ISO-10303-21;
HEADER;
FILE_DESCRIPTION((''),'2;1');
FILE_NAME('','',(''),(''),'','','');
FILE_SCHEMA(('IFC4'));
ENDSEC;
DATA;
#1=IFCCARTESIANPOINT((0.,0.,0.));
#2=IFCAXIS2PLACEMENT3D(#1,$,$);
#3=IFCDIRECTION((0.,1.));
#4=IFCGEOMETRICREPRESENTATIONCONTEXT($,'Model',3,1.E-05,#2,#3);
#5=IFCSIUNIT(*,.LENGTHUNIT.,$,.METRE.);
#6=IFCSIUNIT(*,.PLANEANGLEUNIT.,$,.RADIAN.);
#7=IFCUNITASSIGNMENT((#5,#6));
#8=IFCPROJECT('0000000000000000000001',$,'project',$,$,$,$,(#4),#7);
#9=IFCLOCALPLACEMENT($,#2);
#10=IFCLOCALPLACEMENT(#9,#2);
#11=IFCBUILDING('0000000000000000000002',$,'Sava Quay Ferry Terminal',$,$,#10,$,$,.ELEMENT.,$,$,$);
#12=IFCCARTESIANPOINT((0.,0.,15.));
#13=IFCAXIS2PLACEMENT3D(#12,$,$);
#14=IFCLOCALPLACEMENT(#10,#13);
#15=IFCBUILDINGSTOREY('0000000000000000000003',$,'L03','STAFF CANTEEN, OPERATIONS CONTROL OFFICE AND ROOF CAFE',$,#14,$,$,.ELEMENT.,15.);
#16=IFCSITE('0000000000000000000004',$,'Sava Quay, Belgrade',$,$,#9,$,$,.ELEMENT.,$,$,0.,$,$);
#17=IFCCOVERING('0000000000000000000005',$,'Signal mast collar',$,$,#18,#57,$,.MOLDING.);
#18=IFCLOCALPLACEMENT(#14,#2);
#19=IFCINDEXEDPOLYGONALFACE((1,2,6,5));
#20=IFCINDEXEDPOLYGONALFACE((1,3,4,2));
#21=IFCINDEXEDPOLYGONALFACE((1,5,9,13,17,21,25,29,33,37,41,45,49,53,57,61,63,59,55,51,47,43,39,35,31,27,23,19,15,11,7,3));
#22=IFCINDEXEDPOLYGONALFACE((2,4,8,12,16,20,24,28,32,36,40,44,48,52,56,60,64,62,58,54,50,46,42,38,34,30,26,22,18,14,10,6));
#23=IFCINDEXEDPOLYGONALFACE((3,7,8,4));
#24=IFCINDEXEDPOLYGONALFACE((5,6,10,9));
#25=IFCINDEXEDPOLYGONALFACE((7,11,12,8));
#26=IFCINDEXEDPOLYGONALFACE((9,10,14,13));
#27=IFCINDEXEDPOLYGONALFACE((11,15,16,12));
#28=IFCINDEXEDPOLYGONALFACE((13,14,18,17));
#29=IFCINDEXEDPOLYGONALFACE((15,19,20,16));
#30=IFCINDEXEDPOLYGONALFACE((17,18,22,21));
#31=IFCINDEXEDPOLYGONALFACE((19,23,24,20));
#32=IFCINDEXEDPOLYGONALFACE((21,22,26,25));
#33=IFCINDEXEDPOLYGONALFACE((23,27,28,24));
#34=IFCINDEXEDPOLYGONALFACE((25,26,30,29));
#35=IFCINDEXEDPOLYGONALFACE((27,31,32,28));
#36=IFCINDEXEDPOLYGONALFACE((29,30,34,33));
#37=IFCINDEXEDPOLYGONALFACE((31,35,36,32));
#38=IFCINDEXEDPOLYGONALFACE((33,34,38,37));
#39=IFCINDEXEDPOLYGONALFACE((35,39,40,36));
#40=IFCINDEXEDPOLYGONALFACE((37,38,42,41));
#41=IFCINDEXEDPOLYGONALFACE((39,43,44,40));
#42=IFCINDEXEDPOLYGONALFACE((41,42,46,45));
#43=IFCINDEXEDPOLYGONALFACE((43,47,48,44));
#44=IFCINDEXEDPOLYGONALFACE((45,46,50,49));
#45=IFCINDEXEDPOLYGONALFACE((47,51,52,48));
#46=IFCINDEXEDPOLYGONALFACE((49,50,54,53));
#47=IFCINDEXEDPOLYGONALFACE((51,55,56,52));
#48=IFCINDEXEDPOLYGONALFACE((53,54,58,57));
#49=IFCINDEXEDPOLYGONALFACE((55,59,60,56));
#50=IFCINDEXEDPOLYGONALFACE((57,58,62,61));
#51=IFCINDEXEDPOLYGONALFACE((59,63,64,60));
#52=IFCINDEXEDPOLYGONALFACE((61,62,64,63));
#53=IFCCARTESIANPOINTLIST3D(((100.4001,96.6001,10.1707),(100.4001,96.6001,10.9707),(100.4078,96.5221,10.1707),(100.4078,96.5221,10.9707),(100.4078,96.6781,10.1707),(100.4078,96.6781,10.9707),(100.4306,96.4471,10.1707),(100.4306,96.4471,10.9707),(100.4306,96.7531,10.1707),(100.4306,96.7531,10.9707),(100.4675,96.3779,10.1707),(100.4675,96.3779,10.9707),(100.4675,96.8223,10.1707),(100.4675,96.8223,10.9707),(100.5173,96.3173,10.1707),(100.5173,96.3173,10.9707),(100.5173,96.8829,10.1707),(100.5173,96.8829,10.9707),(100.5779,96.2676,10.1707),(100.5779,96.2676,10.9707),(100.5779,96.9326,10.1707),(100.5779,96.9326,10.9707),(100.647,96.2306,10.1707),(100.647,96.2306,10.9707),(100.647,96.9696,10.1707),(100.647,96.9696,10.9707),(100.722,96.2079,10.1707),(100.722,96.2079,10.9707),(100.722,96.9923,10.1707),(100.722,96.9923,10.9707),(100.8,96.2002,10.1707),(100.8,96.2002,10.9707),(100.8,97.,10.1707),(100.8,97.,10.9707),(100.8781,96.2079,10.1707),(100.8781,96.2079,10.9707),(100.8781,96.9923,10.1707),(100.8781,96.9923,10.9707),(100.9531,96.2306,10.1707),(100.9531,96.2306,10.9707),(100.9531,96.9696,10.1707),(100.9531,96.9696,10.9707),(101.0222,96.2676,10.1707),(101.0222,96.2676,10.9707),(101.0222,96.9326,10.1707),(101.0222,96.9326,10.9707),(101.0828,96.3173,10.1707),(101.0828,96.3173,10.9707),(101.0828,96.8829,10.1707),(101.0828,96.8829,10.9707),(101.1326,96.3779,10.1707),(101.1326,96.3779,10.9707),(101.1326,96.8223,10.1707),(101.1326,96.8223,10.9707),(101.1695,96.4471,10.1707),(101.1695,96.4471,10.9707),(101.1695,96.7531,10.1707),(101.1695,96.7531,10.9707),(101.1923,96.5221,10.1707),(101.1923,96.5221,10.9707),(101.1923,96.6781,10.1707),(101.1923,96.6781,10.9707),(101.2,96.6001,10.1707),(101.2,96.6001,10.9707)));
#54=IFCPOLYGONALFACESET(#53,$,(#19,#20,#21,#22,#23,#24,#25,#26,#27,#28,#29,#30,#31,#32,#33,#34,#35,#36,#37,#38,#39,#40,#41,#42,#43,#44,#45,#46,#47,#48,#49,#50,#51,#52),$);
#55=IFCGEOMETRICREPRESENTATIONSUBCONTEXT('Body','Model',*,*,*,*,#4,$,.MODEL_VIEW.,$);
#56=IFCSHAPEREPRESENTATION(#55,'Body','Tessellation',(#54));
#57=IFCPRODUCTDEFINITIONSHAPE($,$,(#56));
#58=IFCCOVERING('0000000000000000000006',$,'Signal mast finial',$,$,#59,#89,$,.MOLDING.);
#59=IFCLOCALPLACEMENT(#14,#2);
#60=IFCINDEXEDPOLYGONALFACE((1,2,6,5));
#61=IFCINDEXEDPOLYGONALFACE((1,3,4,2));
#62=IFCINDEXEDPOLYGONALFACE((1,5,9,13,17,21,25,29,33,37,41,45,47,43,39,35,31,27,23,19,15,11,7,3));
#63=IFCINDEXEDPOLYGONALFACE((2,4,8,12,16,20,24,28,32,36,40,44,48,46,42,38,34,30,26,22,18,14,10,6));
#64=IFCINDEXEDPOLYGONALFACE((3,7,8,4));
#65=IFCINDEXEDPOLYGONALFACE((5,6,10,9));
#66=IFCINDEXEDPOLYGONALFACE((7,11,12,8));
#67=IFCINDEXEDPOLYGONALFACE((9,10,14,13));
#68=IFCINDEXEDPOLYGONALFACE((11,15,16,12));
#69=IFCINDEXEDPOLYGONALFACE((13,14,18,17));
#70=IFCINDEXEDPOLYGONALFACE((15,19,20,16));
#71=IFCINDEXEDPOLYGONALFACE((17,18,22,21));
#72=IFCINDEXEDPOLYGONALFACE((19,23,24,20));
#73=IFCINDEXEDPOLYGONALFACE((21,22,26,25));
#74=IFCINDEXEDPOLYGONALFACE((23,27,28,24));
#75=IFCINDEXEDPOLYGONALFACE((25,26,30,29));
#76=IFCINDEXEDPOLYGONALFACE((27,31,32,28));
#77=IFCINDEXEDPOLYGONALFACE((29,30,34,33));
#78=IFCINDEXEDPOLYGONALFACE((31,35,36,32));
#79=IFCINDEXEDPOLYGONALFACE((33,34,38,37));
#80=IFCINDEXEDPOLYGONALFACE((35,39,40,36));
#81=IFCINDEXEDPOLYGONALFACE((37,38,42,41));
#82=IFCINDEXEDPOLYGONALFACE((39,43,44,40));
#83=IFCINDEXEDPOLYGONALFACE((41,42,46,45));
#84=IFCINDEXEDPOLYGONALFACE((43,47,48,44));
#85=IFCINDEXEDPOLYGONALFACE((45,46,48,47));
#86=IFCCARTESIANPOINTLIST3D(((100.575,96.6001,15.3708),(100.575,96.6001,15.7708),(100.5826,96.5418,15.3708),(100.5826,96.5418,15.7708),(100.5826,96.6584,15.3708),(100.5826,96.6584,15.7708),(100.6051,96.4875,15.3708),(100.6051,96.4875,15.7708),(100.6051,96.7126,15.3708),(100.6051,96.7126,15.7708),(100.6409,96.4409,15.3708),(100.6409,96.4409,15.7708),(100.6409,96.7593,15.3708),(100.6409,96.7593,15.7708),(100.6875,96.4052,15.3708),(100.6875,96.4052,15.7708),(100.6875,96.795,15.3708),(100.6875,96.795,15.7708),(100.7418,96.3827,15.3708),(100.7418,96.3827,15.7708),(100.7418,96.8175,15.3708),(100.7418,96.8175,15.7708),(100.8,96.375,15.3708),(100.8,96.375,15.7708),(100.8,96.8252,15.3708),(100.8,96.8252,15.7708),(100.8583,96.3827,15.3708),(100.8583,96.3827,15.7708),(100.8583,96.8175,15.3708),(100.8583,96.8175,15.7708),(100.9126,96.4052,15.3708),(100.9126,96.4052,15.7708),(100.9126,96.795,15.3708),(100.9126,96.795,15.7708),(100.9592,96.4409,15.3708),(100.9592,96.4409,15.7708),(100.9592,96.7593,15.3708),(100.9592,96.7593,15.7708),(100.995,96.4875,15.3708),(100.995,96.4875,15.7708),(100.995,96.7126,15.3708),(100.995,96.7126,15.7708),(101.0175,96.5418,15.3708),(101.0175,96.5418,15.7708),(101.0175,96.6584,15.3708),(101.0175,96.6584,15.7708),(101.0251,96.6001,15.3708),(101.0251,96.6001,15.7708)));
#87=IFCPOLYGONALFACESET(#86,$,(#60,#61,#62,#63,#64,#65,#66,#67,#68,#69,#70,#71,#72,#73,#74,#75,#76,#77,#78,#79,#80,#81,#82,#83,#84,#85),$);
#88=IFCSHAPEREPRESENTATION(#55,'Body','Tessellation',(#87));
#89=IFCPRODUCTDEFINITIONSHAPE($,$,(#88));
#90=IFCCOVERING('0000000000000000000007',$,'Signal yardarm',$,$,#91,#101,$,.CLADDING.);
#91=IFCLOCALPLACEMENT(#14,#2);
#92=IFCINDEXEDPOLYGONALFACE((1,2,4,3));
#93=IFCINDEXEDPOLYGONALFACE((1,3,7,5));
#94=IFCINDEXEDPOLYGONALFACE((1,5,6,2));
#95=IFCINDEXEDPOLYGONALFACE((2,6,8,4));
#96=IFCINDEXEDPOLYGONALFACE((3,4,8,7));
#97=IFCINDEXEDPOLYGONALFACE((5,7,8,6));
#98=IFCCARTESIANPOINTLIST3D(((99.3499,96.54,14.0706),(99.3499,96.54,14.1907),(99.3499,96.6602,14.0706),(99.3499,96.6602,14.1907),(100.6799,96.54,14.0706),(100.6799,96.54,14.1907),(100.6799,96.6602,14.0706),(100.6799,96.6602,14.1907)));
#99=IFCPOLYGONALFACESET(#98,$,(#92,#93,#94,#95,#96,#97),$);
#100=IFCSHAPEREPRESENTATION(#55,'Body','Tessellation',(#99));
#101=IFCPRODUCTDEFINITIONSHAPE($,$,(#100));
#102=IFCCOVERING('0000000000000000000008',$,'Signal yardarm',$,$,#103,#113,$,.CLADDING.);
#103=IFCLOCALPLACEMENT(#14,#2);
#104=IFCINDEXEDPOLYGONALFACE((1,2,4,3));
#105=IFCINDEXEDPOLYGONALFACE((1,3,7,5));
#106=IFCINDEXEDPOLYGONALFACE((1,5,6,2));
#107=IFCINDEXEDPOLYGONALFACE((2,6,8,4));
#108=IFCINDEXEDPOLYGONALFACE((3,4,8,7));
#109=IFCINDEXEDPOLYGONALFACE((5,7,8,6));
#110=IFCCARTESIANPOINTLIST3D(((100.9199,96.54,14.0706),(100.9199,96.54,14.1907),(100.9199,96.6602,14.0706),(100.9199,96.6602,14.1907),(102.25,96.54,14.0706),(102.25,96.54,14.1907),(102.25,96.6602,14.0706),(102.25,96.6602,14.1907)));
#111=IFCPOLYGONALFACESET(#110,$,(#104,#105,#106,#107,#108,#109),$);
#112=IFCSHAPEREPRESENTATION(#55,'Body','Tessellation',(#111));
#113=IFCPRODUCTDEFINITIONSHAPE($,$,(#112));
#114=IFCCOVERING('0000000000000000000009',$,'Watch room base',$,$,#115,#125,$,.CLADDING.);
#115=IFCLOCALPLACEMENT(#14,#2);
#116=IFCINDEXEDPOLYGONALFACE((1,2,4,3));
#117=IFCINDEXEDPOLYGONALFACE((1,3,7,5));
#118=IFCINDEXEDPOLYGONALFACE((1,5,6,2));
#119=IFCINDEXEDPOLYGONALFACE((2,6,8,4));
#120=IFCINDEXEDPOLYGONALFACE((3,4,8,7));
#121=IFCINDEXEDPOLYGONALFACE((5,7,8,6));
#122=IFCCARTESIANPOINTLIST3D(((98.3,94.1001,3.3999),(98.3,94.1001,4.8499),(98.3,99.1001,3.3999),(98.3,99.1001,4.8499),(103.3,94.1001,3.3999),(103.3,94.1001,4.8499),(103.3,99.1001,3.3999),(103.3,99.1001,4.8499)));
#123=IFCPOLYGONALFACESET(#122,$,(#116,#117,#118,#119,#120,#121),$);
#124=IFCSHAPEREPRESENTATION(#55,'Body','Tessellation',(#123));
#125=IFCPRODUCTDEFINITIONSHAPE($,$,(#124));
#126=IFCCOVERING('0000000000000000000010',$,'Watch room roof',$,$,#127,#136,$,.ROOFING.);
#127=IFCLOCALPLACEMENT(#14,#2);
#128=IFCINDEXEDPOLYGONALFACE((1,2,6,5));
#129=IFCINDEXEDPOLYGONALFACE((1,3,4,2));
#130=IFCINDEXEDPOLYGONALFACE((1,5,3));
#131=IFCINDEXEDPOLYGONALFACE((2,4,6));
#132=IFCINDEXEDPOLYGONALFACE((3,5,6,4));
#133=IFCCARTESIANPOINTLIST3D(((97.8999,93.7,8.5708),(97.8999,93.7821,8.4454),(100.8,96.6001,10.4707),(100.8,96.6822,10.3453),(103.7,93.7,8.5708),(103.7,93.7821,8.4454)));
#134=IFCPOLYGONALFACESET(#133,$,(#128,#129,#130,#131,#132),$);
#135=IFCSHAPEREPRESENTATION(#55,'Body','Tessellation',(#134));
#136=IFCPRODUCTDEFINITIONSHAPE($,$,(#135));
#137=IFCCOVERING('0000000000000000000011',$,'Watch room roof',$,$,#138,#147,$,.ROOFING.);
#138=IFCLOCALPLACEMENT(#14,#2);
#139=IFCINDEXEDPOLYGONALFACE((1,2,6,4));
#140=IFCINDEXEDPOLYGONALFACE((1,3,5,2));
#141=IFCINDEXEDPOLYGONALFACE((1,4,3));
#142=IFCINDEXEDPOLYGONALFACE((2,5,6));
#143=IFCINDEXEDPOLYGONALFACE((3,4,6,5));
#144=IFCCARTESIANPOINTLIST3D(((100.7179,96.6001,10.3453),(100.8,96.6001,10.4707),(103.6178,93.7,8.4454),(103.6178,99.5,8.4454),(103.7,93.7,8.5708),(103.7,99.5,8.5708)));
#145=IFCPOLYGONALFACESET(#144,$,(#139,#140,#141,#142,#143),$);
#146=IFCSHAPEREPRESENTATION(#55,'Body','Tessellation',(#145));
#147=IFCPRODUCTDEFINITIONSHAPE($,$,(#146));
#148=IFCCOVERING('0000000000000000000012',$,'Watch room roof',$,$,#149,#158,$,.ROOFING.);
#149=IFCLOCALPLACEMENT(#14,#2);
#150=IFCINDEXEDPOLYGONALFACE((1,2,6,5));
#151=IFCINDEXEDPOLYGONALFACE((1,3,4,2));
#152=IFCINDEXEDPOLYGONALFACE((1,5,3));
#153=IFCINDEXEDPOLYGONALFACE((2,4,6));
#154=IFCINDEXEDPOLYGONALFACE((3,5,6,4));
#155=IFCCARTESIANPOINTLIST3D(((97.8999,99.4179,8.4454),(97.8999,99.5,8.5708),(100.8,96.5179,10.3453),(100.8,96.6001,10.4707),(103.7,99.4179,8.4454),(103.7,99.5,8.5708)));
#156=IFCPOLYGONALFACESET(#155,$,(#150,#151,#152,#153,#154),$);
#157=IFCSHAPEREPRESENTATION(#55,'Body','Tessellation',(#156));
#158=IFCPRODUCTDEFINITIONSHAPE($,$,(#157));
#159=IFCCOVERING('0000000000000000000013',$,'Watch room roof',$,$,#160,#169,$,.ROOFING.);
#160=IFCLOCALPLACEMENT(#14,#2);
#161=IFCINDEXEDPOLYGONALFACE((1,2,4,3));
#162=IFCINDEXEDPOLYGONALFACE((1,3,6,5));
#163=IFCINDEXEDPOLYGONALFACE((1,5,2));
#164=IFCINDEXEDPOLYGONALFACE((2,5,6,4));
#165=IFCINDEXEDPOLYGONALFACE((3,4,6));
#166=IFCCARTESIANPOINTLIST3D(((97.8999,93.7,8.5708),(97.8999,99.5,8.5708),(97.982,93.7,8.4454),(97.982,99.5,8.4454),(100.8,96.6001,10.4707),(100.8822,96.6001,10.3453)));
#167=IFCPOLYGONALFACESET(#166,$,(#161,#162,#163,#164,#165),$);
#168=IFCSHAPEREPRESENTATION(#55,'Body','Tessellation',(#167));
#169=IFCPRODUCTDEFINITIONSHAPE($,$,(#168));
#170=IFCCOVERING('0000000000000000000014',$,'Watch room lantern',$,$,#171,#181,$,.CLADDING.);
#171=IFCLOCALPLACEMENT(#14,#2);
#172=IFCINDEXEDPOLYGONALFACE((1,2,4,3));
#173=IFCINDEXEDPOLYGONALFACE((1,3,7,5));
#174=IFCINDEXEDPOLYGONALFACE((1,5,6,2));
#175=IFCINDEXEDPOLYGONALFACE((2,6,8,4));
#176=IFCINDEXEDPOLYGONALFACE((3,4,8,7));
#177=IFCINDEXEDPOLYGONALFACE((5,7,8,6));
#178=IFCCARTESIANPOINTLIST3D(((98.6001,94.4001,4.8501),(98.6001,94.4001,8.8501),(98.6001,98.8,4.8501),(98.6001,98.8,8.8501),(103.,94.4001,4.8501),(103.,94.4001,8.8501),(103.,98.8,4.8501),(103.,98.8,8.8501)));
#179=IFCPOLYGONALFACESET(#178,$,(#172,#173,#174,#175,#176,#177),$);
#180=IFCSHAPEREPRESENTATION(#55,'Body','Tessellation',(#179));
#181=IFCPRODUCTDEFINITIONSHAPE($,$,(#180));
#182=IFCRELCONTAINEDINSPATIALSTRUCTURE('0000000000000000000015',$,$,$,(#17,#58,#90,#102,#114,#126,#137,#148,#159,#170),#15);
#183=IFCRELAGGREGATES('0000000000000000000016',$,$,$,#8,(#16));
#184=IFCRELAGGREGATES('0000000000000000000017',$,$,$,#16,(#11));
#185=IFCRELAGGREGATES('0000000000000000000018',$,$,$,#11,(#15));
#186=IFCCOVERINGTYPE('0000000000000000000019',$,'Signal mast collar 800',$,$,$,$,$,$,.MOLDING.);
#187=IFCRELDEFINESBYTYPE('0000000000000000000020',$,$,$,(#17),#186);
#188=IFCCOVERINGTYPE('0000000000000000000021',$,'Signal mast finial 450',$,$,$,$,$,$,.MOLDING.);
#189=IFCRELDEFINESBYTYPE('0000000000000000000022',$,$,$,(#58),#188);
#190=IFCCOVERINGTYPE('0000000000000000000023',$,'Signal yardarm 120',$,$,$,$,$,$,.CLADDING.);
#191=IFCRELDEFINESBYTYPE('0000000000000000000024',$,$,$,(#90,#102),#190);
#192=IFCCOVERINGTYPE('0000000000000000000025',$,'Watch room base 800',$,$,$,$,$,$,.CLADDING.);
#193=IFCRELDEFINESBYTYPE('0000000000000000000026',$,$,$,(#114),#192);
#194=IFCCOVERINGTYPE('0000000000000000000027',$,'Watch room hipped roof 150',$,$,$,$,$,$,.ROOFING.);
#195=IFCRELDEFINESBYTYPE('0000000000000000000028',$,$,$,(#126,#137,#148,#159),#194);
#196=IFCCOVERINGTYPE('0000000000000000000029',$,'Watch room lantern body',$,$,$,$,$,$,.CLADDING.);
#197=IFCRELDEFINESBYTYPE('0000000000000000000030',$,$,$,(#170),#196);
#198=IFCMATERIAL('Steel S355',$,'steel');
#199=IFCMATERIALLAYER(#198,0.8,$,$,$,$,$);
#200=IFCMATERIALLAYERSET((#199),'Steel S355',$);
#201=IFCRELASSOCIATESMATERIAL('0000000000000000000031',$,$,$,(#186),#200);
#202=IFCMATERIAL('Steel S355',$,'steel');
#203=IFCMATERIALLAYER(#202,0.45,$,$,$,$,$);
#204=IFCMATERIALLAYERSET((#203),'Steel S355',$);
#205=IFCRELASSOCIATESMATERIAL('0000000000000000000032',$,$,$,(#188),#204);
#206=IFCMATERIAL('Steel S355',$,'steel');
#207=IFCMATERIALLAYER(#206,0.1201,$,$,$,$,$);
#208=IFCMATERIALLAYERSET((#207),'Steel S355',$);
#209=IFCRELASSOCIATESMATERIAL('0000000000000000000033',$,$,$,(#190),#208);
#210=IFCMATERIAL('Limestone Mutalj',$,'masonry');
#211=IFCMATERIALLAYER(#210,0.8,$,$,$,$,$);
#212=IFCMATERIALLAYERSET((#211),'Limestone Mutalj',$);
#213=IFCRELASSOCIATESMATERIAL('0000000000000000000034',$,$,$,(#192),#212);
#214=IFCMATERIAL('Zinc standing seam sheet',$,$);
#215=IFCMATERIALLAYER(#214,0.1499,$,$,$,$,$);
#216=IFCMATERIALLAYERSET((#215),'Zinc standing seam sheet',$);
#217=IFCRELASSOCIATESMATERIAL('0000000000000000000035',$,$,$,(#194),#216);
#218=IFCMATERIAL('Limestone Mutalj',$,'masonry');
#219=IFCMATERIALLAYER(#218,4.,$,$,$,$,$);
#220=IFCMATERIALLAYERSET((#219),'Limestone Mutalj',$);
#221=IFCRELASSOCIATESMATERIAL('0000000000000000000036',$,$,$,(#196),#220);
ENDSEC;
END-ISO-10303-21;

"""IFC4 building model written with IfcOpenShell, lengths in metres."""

from ifc_helpers import new_model, si_unit, direction, frame, origin, origin_2d, place, context, subcontext, project, spatial, polyline, rectangle, circle, outline, extrude, material, layer, layer_set, type_object, element, save


model = new_model("IFC4")

# Units and contexts
model_context = context("Model", 3, precision=1e-05, world=origin(), true_north=direction((0.0, 1.0)))
body_context = subcontext(model_context, "Body", "Model", "MODEL_VIEW")
ifc_project = project(units=[si_unit("LENGTHUNIT", "METRE"), si_unit("PLANEANGLEUNIT", "RADIAN")], contexts=[model_context])

# Site, building, storey
site_placement = place(None, origin())
site = spatial("IfcSite", under=ifc_project, at=site_placement, Name="Sava Quay, Belgrade", CompositionType="ELEMENT", RefElevation=0.0)
building_placement = place(site_placement, origin())
building = spatial("IfcBuilding", under=site, at=building_placement, Name="Sava Quay Ferry Terminal", CompositionType="ELEMENT")
storey_placement = place(building_placement, frame((0.0, 0.0, 15.0)))
storey = spatial("IfcBuildingStorey", under=building, at=storey_placement, Name="L03", Description="STAFF CANTEEN, OPERATIONS CONTROL OFFICE AND ROOF CAFE", CompositionType="ELEMENT", Elevation=15.0)

# Coverings
ifc_material_1 = material(Name="Steel S355", Category="steel")
ifc_layer_1 = layer(ifc_material_1, 0.8)
ifc_layer_set_1 = layer_set([ifc_layer_1], Name="Steel S355")
covering_type_1 = type_object("IfcCoveringType", Name="Signal mast collar 800", PredefinedType="MOLDING", material=ifc_layer_set_1)
covering_1_placement = place(storey_placement, frame((100.8, 96.6001, 10.9707), z_axis=(0.0, 0.0, -1.0), x_axis=(1.0, 0.0, 0.0)))
element("IfcCovering", 1, at=covering_1_placement, inside=storey, type_object=covering_type_1, Name="Signal mast collar", PredefinedType="MOLDING", context=body_context, shape_type="SweptSolid", body=[
    extrude(circle(Radius=0.3999, at=origin_2d()), origin(), (0.0, 0.0, 1.0), 0.8),
])
ifc_material_2 = material(Name="Steel S355", Category="steel")
ifc_layer_2 = layer(ifc_material_2, 0.45)
ifc_layer_set_2 = layer_set([ifc_layer_2], Name="Steel S355")
covering_type_2 = type_object("IfcCoveringType", Name="Signal mast finial 450", PredefinedType="MOLDING", material=ifc_layer_set_2)
covering_2_placement = place(storey_placement, frame((100.8, 96.6001, 15.7708), z_axis=(0.0, 0.0, -1.0), x_axis=(1.0, 0.0, 0.0)))
element("IfcCovering", 2, at=covering_2_placement, inside=storey, type_object=covering_type_2, Name="Signal mast finial", PredefinedType="MOLDING", context=body_context, shape_type="SweptSolid", body=[
    extrude(circle(Radius=0.2251, at=origin_2d()), origin(), (0.0, 0.0, 1.0), 0.3999),
])
ifc_material_3 = material(Name="Steel S355", Category="steel")
ifc_layer_3 = layer(ifc_material_3, 0.1201)
ifc_layer_set_3 = layer_set([ifc_layer_3], Name="Steel S355")
covering_type_3 = type_object("IfcCoveringType", Name="Signal yardarm 120", PredefinedType="CLADDING", material=ifc_layer_set_3)
for number, where, z_axis, x_axis, name in (
    (3, (100.0149, 96.6001, 14.0706), (0.0, 0.0, 1.0), (1.0, 0.0, 0.0), "Signal yardarm"),
    (4, (101.585, 96.6001, 14.0706), (0.0, 0.0, 1.0), (1.0, 0.0, 0.0), "Signal yardarm"),
):
    element("IfcCovering", number, at=place(storey_placement, frame(where, z_axis=z_axis, x_axis=x_axis)), inside=storey, type_object=covering_type_3, Name=name, PredefinedType="CLADDING", context=body_context, shape_type="SweptSolid", body=[
        extrude(rectangle(XDim=1.3301, YDim=0.1201, at=origin_2d()), origin(), (0.0, 0.0, 1.0), 0.1201),
    ])
ifc_material_4 = material(Name="Limestone Mutalj", Category="masonry")
ifc_layer_4 = layer(ifc_material_4, 0.8)
ifc_layer_set_4 = layer_set([ifc_layer_4], Name="Limestone Mutalj")
covering_type_4 = type_object("IfcCoveringType", Name="Watch room base 800", PredefinedType="CLADDING", material=ifc_layer_set_4)
covering_3_placement = place(storey_placement, frame((100.8, 96.6001, 3.3999), z_axis=(0.0, 0.0, 1.0), x_axis=(1.0, 0.0, 0.0)))
element("IfcCovering", 5, at=covering_3_placement, inside=storey, type_object=covering_type_4, Name="Watch room base", PredefinedType="CLADDING", context=body_context, shape_type="SweptSolid", body=[
    extrude(rectangle(XDim=5.0, YDim=5.0, at=origin_2d()), origin(), (0.0, 0.0, 1.0), 1.45),
])
ifc_material_5 = material(Name="Zinc standing seam sheet")
ifc_layer_5 = layer(ifc_material_5, 0.1499)
ifc_layer_set_5 = layer_set([ifc_layer_5], Name="Zinc standing seam sheet")
covering_type_5 = type_object("IfcCoveringType", Name="Watch room hipped roof 150", PredefinedType="ROOFING", material=ifc_layer_set_5)
covering_4_placement = place(storey_placement, frame((97.8999, 93.7, 8.5708), z_axis=(0.0, -0.547987, 0.836487), x_axis=(1.0, 0.0, 0.0)))
element("IfcCovering", 6, at=covering_4_placement, inside=storey, type_object=covering_type_5, Name="Watch room roof", PredefinedType="ROOFING", context=body_context, shape_type="SweptSolid", body=[
    extrude(outline(polyline([(0.0, 0.0), (5.8, 0.0), (2.9001, 3.4671), (0.0, 0.0)])), origin(), (0.0, 0.0, -1.0), 0.1499),
])
covering_5_placement = place(storey_placement, frame((103.7, 93.7, 8.5708), z_axis=(0.548019, 0.0, 0.836466), x_axis=(0.0, 1.0, 0.0)))
element("IfcCovering", 7, at=covering_5_placement, inside=storey, type_object=covering_type_5, Name="Watch room roof", PredefinedType="ROOFING", context=body_context, shape_type="SweptSolid", body=[
    extrude(outline(polyline([(0.0, 0.0), (5.8, 0.0), (2.9001, 3.4669), (0.0, 0.0)])), origin(), (0.0, 0.0, -1.0), 0.1499),
])
covering_6_placement = place(storey_placement, frame((103.7, 99.5, 8.5708), z_axis=(0.0, 0.548019, 0.836466), x_axis=(-1.0, 0.0, 0.0)))
element("IfcCovering", 8, at=covering_6_placement, inside=storey, type_object=covering_type_5, Name="Watch room roof", PredefinedType="ROOFING", context=body_context, shape_type="SweptSolid", body=[
    extrude(outline(polyline([(0.0, 0.0), (5.8, 0.0), (2.8999, 3.4669), (0.0, 0.0)])), origin(), (0.0, 0.0, -1.0), 0.1499),
])
covering_7_placement = place(storey_placement, frame((97.8999, 99.5, 8.5708), z_axis=(-0.547987, 0.0, 0.836487), x_axis=(0.0, -1.0, 0.0)))
element("IfcCovering", 9, at=covering_7_placement, inside=storey, type_object=covering_type_5, Name="Watch room roof", PredefinedType="ROOFING", context=body_context, shape_type="SweptSolid", body=[
    extrude(outline(polyline([(0.0, 0.0), (5.8, 0.0), (2.8999, 3.4671), (0.0, 0.0)])), origin(), (0.0, 0.0, -1.0), 0.1499),
])
ifc_material_6 = material(Name="Limestone Mutalj", Category="masonry")
ifc_layer_6 = layer(ifc_material_6, 4.0)
ifc_layer_set_6 = layer_set([ifc_layer_6], Name="Limestone Mutalj")
covering_type_6 = type_object("IfcCoveringType", Name="Watch room lantern body", PredefinedType="CLADDING", material=ifc_layer_set_6)
covering_8_placement = place(storey_placement, frame((100.8, 96.6001, 4.8501), z_axis=(0.0, 0.0, 1.0), x_axis=(1.0, 0.0, 0.0)))
element("IfcCovering", 10, at=covering_8_placement, inside=storey, type_object=covering_type_6, Name="Watch room lantern", PredefinedType="CLADDING", context=body_context, shape_type="SweptSolid", body=[
    extrude(rectangle(XDim=4.3999, YDim=4.3999, at=origin_2d()), origin(), (0.0, 0.0, 1.0), 4.0),
])

save(model, "model.ifc")
